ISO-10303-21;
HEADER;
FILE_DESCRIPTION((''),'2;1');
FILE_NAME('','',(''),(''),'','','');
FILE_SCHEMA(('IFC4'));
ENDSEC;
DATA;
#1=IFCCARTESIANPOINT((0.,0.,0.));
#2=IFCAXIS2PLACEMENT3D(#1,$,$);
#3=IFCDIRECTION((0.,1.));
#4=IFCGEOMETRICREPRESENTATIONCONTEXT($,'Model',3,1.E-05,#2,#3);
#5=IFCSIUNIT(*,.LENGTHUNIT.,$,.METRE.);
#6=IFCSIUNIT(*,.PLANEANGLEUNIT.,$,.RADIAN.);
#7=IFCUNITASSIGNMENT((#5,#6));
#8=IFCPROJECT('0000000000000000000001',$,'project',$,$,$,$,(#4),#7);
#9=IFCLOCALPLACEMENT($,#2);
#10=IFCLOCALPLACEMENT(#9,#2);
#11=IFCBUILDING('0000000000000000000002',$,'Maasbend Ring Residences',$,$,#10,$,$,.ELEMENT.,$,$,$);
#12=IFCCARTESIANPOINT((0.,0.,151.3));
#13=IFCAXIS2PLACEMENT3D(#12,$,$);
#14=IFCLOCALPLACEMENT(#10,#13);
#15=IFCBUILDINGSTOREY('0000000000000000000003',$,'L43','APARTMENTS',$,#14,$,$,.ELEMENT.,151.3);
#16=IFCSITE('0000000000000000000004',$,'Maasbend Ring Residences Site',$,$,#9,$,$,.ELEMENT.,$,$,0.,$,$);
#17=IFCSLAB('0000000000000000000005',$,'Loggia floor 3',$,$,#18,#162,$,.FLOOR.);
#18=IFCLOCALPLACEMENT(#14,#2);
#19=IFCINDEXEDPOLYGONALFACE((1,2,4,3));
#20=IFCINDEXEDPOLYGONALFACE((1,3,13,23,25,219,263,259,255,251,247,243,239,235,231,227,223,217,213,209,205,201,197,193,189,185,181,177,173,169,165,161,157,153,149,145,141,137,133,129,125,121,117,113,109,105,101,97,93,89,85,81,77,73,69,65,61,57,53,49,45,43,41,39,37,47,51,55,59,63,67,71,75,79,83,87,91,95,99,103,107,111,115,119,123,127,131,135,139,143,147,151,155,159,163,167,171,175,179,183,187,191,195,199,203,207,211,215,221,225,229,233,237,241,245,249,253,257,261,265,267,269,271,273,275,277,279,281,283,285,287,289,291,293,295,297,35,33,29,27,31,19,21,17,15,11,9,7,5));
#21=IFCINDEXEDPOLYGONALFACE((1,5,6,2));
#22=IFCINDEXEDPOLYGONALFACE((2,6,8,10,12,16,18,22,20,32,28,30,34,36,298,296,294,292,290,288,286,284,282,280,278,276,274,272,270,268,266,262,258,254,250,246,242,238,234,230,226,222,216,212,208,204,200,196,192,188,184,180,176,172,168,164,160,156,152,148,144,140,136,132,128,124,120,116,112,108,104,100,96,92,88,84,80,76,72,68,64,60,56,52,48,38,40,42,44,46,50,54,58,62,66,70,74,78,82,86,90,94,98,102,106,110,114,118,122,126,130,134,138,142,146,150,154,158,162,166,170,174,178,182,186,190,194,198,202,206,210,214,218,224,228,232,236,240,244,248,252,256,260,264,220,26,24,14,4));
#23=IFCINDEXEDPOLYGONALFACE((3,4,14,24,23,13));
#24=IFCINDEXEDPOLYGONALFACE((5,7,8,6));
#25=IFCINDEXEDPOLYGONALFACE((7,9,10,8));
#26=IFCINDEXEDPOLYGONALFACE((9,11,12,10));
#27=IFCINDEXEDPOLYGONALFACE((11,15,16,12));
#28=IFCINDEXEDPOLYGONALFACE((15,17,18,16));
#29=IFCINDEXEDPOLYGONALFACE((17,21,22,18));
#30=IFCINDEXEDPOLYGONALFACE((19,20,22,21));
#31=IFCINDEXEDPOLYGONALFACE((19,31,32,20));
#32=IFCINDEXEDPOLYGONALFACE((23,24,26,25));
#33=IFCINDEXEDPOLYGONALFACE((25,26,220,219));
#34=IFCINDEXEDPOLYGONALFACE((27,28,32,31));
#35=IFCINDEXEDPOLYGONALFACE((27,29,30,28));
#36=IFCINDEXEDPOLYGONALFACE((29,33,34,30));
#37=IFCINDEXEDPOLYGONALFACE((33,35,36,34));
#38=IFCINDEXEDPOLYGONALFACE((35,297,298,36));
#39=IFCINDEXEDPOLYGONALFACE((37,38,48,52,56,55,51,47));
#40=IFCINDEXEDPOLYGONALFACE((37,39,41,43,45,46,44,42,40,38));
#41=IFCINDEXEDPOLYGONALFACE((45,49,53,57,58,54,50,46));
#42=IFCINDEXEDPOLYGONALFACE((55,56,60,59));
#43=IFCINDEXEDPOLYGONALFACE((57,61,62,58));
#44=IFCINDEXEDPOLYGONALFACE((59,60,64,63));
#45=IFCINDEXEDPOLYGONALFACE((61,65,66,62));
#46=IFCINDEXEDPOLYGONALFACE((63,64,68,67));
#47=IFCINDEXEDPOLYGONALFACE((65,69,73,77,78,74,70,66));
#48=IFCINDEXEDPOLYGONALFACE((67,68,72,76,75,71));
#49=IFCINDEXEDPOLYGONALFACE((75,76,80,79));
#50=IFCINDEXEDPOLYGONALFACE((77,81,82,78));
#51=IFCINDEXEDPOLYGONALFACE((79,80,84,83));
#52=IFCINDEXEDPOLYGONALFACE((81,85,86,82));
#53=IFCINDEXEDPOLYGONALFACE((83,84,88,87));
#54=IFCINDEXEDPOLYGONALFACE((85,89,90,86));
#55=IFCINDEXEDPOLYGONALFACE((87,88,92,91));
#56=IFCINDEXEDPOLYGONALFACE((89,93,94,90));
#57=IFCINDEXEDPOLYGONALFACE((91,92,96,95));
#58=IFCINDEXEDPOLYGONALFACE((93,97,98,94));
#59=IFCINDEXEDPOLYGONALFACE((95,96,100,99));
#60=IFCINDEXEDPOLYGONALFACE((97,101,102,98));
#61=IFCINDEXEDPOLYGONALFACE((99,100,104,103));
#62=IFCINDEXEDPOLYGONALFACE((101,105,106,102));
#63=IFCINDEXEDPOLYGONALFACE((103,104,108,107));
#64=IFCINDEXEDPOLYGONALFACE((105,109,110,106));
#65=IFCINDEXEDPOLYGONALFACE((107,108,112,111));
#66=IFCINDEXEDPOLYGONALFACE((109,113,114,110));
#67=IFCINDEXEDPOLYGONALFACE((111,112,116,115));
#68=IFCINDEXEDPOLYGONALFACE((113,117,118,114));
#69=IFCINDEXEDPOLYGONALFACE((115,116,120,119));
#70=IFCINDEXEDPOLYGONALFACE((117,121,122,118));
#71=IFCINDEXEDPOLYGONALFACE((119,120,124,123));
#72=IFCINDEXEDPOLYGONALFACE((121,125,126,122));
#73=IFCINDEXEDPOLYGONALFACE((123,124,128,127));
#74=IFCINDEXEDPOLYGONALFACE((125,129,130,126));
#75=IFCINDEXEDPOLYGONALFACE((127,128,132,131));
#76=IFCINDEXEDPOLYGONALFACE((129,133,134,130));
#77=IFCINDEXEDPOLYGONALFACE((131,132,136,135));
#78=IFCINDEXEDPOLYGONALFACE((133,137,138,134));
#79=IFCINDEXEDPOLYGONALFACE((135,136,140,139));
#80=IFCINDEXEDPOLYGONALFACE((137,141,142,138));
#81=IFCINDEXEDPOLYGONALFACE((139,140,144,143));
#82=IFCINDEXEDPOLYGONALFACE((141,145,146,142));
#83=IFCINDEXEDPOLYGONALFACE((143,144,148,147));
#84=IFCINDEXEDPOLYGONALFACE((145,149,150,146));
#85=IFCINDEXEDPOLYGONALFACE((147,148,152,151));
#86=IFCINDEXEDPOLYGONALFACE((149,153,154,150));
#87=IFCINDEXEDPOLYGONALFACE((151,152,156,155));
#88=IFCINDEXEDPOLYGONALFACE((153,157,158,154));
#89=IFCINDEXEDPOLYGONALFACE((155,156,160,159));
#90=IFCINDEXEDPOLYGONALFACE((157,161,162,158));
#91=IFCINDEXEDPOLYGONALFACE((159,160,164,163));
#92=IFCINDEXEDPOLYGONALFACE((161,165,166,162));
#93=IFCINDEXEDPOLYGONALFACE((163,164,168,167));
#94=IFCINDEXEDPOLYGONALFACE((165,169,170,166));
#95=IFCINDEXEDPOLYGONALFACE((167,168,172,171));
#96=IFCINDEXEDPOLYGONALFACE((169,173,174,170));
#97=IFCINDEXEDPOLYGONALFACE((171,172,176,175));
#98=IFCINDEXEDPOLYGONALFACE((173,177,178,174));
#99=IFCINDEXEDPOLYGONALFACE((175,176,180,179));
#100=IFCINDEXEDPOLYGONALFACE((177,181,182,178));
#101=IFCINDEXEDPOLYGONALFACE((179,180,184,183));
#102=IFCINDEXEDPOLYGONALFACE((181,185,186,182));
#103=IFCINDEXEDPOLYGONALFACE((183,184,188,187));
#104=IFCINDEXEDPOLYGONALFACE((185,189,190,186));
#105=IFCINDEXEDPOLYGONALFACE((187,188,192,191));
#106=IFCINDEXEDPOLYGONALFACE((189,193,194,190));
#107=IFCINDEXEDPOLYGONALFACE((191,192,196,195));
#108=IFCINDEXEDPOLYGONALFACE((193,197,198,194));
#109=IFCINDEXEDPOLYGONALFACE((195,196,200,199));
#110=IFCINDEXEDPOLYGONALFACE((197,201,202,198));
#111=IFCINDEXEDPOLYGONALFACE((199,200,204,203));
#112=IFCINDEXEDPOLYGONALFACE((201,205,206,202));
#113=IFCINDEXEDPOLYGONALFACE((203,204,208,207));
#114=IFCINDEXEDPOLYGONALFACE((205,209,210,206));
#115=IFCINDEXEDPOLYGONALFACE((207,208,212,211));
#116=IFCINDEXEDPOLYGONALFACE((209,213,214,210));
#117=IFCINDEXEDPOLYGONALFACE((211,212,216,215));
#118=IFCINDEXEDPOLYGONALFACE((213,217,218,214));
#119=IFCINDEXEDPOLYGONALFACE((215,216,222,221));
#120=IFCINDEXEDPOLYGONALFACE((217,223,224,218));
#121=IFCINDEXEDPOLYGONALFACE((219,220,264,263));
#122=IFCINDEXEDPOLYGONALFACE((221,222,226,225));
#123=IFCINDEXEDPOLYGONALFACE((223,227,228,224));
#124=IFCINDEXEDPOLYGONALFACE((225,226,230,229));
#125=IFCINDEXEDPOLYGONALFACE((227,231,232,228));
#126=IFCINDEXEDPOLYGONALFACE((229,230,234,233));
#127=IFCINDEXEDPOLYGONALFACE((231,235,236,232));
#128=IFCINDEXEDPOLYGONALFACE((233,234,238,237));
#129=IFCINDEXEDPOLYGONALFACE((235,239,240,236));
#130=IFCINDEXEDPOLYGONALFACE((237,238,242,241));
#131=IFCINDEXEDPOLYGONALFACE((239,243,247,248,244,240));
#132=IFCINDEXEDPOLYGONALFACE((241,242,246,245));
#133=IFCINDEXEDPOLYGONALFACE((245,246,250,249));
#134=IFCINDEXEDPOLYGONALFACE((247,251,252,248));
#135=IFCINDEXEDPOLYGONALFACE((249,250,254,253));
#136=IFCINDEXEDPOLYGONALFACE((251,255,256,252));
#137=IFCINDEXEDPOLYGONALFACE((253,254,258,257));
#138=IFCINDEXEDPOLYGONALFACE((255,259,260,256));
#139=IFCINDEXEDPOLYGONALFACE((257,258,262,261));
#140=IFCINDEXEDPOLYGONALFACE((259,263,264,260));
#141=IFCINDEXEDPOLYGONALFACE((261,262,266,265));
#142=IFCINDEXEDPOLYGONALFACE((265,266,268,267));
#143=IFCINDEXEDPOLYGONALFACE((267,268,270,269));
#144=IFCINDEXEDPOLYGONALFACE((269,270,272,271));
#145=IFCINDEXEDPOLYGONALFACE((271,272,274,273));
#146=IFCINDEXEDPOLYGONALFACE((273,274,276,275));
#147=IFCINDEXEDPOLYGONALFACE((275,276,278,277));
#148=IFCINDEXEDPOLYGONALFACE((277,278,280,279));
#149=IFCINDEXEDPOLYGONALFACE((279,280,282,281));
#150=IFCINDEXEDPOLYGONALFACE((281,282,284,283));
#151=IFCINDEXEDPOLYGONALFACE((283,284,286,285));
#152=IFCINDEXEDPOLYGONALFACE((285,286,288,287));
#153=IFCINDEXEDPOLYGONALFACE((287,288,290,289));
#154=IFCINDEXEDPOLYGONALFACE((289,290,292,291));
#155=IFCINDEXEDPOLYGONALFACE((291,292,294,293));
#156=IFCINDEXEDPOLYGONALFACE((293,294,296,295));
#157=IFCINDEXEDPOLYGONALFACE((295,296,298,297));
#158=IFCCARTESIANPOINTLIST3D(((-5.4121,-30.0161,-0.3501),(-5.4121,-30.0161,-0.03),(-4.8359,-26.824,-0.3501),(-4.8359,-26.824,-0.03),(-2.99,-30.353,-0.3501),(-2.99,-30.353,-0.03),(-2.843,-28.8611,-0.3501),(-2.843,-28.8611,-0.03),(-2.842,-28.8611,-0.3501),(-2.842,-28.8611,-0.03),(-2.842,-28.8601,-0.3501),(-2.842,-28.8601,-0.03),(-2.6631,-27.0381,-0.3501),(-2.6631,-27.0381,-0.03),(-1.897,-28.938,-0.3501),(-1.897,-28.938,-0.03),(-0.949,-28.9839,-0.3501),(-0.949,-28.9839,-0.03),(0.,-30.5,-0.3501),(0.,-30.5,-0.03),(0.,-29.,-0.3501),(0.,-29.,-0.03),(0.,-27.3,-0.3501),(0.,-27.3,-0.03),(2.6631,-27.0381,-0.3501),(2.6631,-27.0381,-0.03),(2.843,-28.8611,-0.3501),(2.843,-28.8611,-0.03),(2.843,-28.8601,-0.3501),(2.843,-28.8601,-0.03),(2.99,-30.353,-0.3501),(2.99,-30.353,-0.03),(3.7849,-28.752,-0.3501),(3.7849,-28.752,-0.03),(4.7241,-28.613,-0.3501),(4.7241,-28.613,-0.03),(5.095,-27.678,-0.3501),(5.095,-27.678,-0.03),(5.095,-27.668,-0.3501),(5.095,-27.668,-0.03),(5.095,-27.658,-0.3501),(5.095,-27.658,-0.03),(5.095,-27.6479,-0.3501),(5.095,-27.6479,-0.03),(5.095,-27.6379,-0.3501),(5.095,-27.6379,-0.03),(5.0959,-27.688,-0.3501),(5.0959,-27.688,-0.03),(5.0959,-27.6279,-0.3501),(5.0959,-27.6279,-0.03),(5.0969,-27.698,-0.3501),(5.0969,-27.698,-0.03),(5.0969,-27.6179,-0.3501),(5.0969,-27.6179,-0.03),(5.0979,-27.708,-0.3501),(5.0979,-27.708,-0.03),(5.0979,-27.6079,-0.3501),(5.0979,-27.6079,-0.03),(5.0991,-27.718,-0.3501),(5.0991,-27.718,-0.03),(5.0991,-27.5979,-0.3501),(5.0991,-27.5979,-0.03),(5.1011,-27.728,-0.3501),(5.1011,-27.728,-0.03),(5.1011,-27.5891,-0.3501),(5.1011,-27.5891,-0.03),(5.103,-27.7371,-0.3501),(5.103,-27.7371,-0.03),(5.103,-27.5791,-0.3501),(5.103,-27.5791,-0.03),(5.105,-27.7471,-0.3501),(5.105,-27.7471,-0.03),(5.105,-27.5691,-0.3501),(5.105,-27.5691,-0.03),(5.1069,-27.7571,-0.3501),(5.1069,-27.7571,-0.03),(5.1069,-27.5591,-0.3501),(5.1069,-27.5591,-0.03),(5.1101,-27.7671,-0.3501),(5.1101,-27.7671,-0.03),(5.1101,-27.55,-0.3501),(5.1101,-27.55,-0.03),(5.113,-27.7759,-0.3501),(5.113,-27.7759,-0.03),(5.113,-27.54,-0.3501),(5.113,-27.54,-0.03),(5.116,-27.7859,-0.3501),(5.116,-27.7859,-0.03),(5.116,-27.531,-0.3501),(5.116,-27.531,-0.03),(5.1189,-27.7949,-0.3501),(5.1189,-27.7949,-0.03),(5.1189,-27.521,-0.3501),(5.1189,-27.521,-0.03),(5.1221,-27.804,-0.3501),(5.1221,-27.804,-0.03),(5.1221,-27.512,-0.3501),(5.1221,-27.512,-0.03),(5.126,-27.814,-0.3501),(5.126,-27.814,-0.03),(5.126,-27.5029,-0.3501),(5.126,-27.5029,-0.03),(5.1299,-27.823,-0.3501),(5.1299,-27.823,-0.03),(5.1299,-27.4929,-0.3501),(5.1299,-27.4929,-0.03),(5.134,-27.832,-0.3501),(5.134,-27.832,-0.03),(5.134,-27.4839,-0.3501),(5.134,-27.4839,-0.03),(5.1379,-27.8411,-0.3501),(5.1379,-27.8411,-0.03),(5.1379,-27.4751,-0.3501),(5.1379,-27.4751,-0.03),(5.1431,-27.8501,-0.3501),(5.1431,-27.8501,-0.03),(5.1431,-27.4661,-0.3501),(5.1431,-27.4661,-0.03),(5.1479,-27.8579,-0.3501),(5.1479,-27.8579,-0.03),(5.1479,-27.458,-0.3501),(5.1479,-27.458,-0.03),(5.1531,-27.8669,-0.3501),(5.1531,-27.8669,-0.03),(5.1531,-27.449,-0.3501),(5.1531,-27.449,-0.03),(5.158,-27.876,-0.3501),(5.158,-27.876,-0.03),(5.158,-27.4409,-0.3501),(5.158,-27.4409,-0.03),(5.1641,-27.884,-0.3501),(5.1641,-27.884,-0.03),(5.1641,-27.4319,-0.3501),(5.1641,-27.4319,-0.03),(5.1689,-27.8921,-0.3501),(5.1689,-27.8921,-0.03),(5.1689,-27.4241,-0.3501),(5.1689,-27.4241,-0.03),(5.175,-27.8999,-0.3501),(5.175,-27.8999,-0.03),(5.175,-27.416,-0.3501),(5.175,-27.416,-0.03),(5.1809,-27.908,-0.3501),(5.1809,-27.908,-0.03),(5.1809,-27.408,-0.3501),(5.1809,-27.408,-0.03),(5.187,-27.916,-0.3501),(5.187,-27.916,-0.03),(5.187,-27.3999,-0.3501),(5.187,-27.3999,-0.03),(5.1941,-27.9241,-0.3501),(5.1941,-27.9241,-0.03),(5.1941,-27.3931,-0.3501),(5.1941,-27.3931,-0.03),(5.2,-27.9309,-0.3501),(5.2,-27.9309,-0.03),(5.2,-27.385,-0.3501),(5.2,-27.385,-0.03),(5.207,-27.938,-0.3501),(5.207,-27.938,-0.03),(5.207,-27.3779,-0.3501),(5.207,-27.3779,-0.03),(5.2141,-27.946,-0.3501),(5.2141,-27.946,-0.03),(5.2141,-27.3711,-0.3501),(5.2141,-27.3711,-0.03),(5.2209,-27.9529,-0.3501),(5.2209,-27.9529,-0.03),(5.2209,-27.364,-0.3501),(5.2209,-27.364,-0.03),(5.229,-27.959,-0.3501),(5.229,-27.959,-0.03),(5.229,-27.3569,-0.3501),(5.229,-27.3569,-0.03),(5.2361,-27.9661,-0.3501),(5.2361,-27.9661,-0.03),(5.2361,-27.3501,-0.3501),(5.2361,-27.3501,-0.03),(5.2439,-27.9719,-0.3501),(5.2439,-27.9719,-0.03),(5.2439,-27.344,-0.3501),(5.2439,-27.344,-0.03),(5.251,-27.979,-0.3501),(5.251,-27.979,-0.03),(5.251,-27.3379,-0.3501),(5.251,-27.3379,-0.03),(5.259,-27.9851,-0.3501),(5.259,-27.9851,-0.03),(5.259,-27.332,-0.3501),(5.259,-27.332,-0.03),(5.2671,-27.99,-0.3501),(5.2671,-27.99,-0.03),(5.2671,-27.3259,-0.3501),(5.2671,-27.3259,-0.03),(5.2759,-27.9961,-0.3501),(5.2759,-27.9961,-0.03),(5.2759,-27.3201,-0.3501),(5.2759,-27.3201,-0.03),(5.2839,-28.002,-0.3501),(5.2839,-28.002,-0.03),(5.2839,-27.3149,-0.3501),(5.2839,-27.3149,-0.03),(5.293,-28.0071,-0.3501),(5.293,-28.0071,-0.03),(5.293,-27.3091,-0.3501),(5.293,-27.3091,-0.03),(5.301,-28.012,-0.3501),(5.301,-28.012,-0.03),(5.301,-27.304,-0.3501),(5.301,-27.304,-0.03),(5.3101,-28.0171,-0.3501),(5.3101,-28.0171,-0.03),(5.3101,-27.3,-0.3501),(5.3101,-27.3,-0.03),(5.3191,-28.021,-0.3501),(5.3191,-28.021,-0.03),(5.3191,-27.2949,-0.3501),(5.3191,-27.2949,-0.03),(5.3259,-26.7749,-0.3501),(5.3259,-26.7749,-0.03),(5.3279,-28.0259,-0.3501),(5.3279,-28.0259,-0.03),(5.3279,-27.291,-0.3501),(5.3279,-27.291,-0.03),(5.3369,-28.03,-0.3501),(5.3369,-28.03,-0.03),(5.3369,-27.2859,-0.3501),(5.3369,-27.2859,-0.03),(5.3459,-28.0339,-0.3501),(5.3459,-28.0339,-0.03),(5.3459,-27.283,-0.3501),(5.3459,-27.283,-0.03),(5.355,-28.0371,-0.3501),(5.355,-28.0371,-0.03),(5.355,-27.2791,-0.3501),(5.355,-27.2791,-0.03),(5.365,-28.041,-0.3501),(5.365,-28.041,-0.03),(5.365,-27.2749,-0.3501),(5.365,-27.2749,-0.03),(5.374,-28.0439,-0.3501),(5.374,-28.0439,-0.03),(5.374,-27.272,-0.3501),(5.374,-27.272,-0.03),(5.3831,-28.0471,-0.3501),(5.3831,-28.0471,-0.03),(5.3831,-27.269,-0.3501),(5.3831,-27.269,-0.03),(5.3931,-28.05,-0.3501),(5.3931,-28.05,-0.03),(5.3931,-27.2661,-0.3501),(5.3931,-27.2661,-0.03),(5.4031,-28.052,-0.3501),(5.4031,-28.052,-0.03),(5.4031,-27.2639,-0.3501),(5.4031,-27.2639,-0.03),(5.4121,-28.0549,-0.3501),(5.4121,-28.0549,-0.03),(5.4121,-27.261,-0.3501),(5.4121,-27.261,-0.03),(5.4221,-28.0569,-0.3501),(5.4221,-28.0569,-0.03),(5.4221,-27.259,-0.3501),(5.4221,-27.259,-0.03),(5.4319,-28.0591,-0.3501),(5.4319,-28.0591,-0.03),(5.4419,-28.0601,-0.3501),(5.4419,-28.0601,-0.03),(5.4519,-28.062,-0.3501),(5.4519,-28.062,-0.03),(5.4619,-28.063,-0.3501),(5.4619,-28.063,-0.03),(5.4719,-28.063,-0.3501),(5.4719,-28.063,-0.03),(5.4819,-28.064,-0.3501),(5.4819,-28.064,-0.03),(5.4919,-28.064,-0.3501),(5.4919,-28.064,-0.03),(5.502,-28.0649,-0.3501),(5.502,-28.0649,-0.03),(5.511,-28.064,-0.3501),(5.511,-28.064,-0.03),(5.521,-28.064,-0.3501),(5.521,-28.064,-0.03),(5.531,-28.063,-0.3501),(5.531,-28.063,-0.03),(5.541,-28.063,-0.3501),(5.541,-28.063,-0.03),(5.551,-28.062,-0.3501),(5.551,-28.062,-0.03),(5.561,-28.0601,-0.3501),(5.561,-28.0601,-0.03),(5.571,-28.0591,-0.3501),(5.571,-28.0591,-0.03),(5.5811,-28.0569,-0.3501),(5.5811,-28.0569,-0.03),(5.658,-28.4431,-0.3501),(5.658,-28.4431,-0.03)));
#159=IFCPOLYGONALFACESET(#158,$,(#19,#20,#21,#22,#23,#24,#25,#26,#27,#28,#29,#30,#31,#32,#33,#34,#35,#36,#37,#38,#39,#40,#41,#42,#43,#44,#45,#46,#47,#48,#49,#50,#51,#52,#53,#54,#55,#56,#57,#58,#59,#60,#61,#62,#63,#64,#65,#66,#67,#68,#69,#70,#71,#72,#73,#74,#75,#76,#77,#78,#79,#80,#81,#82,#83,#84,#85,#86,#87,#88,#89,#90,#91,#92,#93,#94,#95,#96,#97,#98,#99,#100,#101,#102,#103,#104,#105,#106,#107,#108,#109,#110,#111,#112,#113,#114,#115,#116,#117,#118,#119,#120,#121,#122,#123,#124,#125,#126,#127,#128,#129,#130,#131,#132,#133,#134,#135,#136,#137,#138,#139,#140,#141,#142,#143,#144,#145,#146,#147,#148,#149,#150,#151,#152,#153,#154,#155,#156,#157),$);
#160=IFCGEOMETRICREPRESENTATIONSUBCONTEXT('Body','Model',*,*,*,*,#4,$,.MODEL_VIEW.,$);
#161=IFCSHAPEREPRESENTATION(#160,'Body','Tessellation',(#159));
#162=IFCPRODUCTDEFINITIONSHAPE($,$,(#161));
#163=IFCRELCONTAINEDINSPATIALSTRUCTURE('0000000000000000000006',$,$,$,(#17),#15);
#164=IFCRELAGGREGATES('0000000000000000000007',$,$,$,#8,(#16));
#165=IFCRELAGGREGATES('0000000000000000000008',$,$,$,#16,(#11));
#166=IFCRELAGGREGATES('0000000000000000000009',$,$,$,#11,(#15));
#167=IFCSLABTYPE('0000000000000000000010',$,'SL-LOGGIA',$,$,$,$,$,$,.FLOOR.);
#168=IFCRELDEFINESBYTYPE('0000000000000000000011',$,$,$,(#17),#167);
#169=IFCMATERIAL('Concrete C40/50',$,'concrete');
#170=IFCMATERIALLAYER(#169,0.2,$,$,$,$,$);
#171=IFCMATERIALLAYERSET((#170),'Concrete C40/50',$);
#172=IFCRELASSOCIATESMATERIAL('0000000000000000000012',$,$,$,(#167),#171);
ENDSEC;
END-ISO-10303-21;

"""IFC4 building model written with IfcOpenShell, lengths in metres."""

from ifc_helpers import new_model, si_unit, direction, frame, origin, place, context, subcontext, project, spatial, polyline, outline, extrude, material, layer, layer_set, type_object, element, save


model = new_model("IFC4")

# Units and contexts
model_context = context("Model", 3, precision=1e-05, world=origin(), true_north=direction((0.0, 1.0)))
body_context = subcontext(model_context, "Body", "Model", "MODEL_VIEW")
ifc_project = project(units=[si_unit("LENGTHUNIT", "METRE"), si_unit("PLANEANGLEUNIT", "RADIAN")], contexts=[model_context])

# Site, building, storey
site_placement = place(None, origin())
site = spatial("IfcSite", under=ifc_project, at=site_placement, Name="Maasbend Ring Residences Site", CompositionType="ELEMENT", RefElevation=0.0)
building_placement = place(site_placement, origin())
building = spatial("IfcBuilding", under=site, at=building_placement, Name="Maasbend Ring Residences", CompositionType="ELEMENT")
storey_placement = place(building_placement, frame((0.0, 0.0, 151.3)))
storey = spatial("IfcBuildingStorey", under=building, at=storey_placement, Name="L43", Description="APARTMENTS", CompositionType="ELEMENT", Elevation=151.3)

# Slab
ifc_material_1 = material(Name="Concrete C40/50", Category="concrete")
ifc_layer_1 = layer(ifc_material_1, 0.2)
ifc_layer_set_1 = layer_set([ifc_layer_1], Name="Concrete C40/50")
slab_type = type_object("IfcSlabType", Name="SL-LOGGIA", PredefinedType="FLOOR", material=ifc_layer_set_1)
slab_1_placement = place(storey_placement, frame((0.0, 0.0, -0.3501)))
element("IfcSlab", 1, at=slab_1_placement, inside=storey, type_object=slab_type, Name="Loggia floor 3", PredefinedType="FLOOR", context=body_context, shape_type="SweptSolid", body=[
    extrude(outline(polyline([(-2.6631, -27.0381), (0.0, -27.3), (0.0, -27.3), (0.0, -27.3), (2.6631, -27.0381), (5.3259, -26.7749), (5.3259, -26.7749), (5.3259, -26.7749), (5.4221, -27.259), (5.4221, -27.259), (5.4121, -27.261), (5.4031, -27.2639), (5.3931, -27.2661), (5.3831, -27.269), (5.374, -27.272), (5.365, -27.2749), (5.355, -27.2791), (5.3459, -27.283), (5.3369, -27.2859), (5.3279, -27.291), (5.3191, -27.2949), (5.3101, -27.3), (5.301, -27.304), (5.293, -27.3091), (5.2839, -27.3149), (5.2759, -27.3201), (5.2671, -27.3259), (5.259, -27.332), (5.251, -27.3379), (5.2439, -27.344), (5.2361, -27.3501), (5.229, -27.3569), (5.2209, -27.364), (5.2141, -27.3711), (5.207, -27.3779), (5.2, -27.385), (5.1941, -27.3931), (5.187, -27.3999), (5.1809, -27.408), (5.175, -27.416), (5.1689, -27.4241), (5.1641, -27.4319), (5.158, -27.4409), (5.1531, -27.449), (5.1479, -27.458), (5.1431, -27.4661), (5.1379, -27.4751), (5.134, -27.4839), (5.1299, -27.4929), (5.126, -27.5029), (5.1221, -27.512), (5.1189, -27.521), (5.116, -27.531), (5.113, -27.54), (5.1101, -27.55), (5.1069, -27.5591), (5.105, -27.5691), (5.103, -27.5791), (5.1011, -27.5891), (5.0991, -27.5979), (5.0979, -27.6079), (5.0969, -27.6179), (5.0959, -27.6279), (5.095, -27.6379), (5.095, -27.6479), (5.095, -27.658), (5.095, -27.668), (5.095, -27.678), (5.0959, -27.688), (5.0969, -27.698), (5.0979, -27.708), (5.0991, -27.718), (5.1011, -27.728), (5.103, -27.7371), (5.105, -27.7471), (5.1069, -27.7571), (5.1101, -27.7671), (5.113, -27.7759), (5.116, -27.7859), (5.1189, -27.7949), (5.1221, -27.804), (5.126, -27.814), (5.1299, -27.823), (5.134, -27.832), (5.1379, -27.8411), (5.1431, -27.8501), (5.1479, -27.8579), (5.1531, -27.8669), (5.158, -27.876), (5.1641, -27.884), (5.1689, -27.8921), (5.175, -27.8999), (5.1809, -27.908), (5.187, -27.916), (5.1941, -27.9241), (5.2, -27.9309), (5.207, -27.938), (5.2141, -27.946), (5.2209, -27.9529), (5.229, -27.959), (5.2361, -27.9661), (5.2439, -27.9719), (5.251, -27.979), (5.259, -27.9851), (5.2671, -27.99), (5.2759, -27.9961), (5.2839, -28.002), (5.293, -28.0071), (5.301, -28.012), (5.3101, -28.0171), (5.3191, -28.021), (5.3279, -28.0259), (5.3369, -28.03), (5.3459, -28.0339), (5.355, -28.0371), (5.365, -28.041), (5.374, -28.0439), (5.3831, -28.0471), (5.3931, -28.05), (5.4031, -28.052), (5.4121, -28.0549), (5.4221, -28.0569), (5.4319, -28.0591), (5.4419, -28.0601), (5.4519, -28.062), (5.4619, -28.063), (5.4719, -28.063), (5.4819, -28.064), (5.4919, -28.064), (5.502, -28.0649), (5.511, -28.064), (5.521, -28.064), (5.531, -28.063), (5.541, -28.063), (5.551, -28.062), (5.561, -28.0601), (5.571, -28.0591), (5.5811, -28.0569), (5.5811, -28.0569), (5.658, -28.4431), (5.658, -28.4431), (5.658, -28.4431), (4.7241, -28.613), (4.7241, -28.613), (3.7849, -28.752), (3.7849, -28.752), (2.843, -28.8601), (2.843, -28.8601), (2.843, -28.8601), (2.843, -28.8601), (2.843, -28.8601), (2.843, -28.8601), (2.843, -28.8601), (2.843, -28.8601), (2.843, -28.8601), (2.843, -28.8611), (2.843, -28.8611), (2.843, -28.8611), (2.843, -28.8611), (2.843, -28.8611), (2.843, -28.8611), (2.843, -28.8611), (2.843, -28.8611), (2.99, -30.353), (2.99, -30.353), (2.99, -30.353), (0.0, -30.5), (0.0, -30.5), (0.0, -30.5), (0.0, -29.0), (0.0, -29.0), (0.0, -29.0), (0.0, -29.0), (0.0, -29.0), (0.0, -29.0), (0.0, -29.0), (0.0, -29.0), (0.0, -29.0), (0.0, -29.0), (0.0, -29.0), (0.0, -29.0), (0.0, -29.0), (0.0, -29.0), (0.0, -29.0), (0.0, -29.0), (0.0, -29.0), (-0.949, -28.9839), (-0.949, -28.9839), (-1.897, -28.938), (-1.897, -28.938), (-2.842, -28.8601), (-2.842, -28.8601), (-2.842, -28.8601), (-2.842, -28.8601), (-2.842, -28.8601), (-2.842, -28.8601), (-2.842, -28.8601), (-2.842, -28.8601), (-2.842, -28.8611), (-2.842, -28.8611), (-2.842, -28.8611), (-2.842, -28.8611), (-2.842, -28.8611), (-2.843, -28.8611), (-2.843, -28.8611), (-2.843, -28.8611), (-2.843, -28.8611), (-2.99, -30.353), (-2.99, -30.353), (-2.99, -30.353), (-5.4121, -30.0161), (-5.4121, -30.0161), (-5.4121, -30.0161), (-4.8359, -26.824), (-4.8359, -26.824), (-4.8359, -26.824), (-2.6631, -27.0381)])), origin(), (0.0, 0.0, 1.0), 0.3201),
])

save(model, "model.ifc")
